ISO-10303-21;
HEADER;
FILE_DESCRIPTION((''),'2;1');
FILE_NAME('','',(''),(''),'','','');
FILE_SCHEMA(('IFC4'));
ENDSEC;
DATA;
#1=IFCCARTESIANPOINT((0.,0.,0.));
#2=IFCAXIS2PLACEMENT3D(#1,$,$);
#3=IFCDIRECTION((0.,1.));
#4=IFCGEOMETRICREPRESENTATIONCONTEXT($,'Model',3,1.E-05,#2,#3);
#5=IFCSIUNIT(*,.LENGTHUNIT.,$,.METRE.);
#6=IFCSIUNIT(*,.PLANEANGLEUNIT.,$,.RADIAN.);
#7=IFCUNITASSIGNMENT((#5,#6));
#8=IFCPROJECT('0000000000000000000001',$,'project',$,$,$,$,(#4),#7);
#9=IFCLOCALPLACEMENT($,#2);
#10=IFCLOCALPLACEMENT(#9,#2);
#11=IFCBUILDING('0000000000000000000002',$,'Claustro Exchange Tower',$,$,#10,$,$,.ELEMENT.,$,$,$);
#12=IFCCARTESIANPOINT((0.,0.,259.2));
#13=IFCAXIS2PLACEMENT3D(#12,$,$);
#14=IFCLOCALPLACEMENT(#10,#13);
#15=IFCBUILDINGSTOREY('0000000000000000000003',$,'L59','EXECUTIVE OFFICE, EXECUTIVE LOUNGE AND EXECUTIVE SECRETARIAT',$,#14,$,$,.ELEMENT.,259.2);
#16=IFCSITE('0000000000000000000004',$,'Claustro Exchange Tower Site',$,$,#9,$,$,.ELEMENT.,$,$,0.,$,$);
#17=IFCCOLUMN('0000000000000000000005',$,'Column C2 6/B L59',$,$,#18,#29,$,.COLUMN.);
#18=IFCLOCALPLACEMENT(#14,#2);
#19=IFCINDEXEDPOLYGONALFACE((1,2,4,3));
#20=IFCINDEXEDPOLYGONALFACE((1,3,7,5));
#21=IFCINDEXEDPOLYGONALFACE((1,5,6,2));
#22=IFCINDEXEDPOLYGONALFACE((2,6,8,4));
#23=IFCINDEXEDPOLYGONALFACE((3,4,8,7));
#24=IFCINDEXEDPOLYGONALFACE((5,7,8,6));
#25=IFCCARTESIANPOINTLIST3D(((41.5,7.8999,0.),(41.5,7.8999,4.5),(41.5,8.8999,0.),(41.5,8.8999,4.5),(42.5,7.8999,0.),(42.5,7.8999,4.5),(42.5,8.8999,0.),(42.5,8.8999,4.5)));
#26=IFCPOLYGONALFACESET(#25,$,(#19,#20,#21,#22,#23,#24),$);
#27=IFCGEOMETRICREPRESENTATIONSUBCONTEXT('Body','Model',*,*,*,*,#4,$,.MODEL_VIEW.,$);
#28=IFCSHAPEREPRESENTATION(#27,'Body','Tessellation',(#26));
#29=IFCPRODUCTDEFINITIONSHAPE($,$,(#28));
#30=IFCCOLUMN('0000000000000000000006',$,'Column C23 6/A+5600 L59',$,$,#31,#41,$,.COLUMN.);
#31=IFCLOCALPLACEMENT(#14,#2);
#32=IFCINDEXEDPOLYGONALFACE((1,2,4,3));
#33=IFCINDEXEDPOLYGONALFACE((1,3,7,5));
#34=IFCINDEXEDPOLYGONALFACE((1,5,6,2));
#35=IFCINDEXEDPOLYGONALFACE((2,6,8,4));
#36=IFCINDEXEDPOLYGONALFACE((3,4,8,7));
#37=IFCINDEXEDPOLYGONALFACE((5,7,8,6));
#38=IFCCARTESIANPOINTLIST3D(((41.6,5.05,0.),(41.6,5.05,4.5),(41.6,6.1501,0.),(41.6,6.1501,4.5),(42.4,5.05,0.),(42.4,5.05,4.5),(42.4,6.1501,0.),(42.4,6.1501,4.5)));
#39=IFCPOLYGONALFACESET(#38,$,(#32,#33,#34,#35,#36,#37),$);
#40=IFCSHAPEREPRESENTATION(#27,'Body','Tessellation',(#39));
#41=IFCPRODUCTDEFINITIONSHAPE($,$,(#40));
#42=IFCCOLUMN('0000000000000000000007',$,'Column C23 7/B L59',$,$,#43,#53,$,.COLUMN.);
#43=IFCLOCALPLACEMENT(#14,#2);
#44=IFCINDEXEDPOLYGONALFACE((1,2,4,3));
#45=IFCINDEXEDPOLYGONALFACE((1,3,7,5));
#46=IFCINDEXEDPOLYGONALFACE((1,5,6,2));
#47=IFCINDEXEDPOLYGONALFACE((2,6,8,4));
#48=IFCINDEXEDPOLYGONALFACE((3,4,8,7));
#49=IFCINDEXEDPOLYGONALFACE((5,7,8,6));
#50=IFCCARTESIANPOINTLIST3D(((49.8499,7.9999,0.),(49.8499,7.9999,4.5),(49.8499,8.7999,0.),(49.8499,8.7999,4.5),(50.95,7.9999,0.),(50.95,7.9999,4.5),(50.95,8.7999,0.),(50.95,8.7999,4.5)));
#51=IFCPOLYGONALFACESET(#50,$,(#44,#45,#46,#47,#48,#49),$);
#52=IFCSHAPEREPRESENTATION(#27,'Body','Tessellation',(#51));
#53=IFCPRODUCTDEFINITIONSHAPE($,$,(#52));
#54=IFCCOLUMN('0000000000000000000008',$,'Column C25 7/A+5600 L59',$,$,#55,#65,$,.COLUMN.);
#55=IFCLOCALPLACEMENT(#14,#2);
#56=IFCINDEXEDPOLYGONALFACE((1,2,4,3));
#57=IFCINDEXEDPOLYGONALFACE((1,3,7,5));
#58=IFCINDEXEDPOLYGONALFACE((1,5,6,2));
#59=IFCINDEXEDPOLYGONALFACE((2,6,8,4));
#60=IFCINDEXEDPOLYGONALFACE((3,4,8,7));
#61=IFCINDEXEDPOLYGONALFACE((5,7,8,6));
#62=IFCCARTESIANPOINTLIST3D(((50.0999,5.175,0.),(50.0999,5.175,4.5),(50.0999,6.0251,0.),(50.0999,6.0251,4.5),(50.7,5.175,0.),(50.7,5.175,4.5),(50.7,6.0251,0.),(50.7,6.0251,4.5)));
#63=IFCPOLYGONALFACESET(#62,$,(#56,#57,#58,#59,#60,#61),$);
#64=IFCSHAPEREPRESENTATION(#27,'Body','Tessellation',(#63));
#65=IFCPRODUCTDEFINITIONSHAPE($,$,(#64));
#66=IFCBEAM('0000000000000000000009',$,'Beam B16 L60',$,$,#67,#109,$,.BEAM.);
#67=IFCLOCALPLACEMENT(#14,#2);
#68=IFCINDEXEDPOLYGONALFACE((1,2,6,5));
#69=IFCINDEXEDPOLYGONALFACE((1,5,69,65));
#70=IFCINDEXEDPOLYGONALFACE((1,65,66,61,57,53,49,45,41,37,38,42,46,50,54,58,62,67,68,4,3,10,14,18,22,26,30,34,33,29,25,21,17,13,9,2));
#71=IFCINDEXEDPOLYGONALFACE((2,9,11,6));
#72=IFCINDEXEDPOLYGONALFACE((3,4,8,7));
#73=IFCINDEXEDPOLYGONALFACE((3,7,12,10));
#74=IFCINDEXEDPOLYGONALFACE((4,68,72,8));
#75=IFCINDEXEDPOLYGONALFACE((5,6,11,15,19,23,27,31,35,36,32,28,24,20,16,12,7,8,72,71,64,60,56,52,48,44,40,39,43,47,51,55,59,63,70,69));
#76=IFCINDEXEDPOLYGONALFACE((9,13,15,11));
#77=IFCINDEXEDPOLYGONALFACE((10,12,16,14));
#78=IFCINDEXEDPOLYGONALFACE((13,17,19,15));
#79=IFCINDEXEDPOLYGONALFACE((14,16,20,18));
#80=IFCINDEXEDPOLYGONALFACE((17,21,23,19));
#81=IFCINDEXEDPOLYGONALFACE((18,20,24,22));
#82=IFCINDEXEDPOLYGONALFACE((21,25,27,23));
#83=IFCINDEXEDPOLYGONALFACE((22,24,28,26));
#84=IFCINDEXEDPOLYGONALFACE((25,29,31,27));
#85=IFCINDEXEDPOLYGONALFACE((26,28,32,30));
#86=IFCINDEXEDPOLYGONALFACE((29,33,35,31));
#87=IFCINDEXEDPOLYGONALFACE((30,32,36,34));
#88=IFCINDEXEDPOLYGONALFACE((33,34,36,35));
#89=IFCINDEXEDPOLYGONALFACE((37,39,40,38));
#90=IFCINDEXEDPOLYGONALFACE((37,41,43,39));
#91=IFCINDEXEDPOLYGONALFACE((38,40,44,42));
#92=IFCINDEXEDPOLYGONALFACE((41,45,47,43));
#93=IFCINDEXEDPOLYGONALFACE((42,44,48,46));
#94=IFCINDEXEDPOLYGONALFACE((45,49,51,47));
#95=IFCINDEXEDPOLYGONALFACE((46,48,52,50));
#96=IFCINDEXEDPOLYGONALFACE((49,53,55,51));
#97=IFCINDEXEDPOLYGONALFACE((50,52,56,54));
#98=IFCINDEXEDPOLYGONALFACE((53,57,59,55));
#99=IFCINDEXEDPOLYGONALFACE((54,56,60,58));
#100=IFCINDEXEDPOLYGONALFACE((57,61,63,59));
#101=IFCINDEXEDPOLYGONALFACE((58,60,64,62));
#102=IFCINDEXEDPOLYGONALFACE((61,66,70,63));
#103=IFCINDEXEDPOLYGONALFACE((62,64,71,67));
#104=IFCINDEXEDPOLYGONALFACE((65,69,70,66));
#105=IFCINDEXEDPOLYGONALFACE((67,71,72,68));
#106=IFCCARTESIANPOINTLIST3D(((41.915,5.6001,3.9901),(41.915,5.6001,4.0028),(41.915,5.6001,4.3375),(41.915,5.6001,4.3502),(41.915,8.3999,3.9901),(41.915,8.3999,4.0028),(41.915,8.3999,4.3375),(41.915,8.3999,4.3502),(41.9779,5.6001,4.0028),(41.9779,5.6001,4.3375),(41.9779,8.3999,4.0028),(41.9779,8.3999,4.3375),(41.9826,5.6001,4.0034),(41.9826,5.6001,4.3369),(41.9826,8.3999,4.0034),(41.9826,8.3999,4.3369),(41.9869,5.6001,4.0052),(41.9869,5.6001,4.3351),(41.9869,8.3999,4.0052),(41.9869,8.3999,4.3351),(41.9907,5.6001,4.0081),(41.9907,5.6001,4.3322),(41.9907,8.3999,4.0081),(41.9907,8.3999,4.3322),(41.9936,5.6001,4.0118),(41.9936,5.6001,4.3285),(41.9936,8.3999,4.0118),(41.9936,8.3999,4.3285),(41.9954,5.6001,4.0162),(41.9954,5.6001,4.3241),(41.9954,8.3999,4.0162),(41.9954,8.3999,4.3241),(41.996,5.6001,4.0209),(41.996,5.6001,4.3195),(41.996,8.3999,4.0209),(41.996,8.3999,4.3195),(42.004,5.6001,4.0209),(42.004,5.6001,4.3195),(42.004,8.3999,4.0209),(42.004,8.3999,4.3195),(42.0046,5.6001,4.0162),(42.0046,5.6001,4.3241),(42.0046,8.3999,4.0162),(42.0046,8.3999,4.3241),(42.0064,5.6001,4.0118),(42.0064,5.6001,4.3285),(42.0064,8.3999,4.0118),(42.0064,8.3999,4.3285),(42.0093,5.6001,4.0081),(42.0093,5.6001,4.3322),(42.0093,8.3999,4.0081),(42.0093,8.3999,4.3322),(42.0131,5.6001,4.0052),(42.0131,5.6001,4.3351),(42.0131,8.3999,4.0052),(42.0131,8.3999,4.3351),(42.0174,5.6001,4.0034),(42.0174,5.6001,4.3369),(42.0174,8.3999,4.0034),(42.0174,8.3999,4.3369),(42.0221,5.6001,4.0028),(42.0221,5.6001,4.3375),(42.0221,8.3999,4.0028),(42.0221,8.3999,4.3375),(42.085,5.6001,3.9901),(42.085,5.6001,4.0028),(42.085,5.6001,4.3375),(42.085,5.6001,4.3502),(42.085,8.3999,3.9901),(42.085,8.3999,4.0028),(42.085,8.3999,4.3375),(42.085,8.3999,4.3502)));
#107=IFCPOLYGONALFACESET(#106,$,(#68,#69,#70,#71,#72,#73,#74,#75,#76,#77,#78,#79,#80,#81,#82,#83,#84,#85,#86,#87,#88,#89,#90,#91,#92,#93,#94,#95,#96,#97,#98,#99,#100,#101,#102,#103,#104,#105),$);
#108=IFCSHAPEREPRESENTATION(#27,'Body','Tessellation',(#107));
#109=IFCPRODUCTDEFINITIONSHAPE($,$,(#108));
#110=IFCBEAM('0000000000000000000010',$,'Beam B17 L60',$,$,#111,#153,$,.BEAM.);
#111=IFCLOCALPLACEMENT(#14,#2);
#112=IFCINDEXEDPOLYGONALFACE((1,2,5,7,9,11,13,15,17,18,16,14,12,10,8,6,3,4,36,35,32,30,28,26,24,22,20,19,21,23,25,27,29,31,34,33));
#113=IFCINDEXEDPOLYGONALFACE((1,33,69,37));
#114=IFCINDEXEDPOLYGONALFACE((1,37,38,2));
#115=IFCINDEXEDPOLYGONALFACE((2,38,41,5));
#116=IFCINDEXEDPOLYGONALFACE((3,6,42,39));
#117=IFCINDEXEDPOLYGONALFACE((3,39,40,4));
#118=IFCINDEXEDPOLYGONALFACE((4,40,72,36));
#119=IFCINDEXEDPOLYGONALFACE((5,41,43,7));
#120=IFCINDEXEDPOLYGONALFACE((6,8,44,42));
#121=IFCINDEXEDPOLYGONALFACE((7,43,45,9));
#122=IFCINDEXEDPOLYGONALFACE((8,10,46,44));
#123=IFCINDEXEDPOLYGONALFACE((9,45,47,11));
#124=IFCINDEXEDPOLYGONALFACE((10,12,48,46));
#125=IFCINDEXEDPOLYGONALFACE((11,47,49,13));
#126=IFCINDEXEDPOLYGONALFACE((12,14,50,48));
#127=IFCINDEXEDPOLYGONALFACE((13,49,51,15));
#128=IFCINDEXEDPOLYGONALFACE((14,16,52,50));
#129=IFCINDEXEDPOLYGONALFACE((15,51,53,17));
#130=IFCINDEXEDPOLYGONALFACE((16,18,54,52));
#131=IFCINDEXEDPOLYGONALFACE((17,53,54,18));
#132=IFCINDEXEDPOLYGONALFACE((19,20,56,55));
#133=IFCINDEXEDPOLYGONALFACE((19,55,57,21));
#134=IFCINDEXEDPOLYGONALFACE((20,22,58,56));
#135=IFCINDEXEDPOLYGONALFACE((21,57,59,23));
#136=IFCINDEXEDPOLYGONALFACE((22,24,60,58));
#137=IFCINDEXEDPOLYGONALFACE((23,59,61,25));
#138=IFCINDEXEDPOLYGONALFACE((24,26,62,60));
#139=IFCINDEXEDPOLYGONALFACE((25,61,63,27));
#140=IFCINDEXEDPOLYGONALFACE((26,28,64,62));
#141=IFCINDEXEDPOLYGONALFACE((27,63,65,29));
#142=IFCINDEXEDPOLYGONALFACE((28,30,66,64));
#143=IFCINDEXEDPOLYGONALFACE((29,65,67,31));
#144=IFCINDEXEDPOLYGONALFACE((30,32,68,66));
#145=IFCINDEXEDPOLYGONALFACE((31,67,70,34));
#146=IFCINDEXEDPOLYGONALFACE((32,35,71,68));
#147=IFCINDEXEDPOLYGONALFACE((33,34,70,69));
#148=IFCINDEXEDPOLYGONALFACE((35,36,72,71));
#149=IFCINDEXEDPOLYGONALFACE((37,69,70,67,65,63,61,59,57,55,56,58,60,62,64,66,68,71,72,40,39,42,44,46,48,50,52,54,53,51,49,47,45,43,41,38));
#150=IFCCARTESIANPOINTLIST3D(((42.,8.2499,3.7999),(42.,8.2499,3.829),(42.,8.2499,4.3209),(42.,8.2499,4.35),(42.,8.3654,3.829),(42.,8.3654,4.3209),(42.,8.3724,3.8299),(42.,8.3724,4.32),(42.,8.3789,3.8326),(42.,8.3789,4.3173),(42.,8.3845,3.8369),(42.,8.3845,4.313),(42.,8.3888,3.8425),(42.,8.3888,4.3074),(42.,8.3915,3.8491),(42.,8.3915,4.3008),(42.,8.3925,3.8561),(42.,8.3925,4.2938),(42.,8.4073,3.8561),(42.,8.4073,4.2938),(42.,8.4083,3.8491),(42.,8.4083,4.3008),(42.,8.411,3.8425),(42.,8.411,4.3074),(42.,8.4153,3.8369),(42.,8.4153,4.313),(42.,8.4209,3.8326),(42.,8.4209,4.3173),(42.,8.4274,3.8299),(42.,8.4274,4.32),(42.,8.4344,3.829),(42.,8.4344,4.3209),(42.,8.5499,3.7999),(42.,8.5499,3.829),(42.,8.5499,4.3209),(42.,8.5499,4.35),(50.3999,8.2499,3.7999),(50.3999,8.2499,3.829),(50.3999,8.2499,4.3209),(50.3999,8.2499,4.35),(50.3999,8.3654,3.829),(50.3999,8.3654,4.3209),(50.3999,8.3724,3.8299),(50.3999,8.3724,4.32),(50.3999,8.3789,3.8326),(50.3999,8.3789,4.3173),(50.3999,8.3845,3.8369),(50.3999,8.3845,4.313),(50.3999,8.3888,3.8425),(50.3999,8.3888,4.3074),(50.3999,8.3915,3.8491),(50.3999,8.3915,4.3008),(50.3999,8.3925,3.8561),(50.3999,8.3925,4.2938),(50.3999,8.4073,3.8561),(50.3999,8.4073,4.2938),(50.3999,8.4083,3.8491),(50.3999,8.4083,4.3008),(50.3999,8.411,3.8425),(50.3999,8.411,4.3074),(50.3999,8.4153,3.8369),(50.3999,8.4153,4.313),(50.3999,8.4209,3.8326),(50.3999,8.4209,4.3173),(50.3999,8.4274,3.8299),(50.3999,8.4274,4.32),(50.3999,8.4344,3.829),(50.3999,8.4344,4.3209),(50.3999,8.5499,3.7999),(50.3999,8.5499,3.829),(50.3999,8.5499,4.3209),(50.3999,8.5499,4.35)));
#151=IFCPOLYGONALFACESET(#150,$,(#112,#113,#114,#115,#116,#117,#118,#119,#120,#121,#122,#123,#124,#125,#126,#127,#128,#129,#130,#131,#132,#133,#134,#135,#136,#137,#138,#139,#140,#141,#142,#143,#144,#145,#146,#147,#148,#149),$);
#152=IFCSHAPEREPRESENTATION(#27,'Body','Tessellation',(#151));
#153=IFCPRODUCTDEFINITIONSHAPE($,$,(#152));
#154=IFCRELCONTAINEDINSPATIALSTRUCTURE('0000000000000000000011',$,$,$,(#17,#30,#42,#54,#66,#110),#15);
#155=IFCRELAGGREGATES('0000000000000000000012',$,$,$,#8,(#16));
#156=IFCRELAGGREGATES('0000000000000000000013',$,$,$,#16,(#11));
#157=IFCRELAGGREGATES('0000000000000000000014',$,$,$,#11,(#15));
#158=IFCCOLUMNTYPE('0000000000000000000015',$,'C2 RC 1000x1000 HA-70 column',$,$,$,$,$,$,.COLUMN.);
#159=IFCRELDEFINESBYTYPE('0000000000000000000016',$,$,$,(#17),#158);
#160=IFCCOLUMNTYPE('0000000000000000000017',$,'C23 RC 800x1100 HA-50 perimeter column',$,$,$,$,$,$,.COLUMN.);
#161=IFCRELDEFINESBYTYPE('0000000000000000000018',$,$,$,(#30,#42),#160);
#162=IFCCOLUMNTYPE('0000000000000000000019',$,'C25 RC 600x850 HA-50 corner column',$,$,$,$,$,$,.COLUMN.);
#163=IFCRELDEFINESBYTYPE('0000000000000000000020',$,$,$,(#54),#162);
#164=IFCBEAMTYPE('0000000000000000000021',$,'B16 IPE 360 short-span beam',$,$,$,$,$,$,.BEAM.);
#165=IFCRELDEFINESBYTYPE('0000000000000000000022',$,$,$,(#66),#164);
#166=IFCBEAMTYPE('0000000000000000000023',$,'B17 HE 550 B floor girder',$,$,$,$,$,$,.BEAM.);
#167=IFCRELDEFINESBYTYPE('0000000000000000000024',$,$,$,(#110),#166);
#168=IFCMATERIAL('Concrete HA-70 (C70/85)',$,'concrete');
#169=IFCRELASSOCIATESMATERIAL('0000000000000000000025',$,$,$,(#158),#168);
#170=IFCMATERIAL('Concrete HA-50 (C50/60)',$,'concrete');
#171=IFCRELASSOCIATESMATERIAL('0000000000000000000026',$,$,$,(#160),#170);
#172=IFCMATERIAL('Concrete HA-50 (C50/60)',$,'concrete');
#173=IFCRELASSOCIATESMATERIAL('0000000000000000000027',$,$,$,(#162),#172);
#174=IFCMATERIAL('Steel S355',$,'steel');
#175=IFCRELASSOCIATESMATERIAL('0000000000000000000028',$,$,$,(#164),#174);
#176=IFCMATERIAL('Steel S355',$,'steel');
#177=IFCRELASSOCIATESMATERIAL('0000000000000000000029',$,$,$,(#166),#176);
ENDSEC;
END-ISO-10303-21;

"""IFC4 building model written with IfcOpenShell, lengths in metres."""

from ifc_helpers import new_model, si_unit, direction, frame, origin, origin_2d, place, context, subcontext, project, spatial, rectangle, i_section, extrude, material, material_profile, profile_set, type_object, element, save


model = new_model("IFC4")

# Units and contexts
model_context = context("Model", 3, precision=1e-05, world=origin(), true_north=direction((0.0, 1.0)))
body_context = subcontext(model_context, "Body", "Model", "MODEL_VIEW")
ifc_project = project(units=[si_unit("LENGTHUNIT", "METRE"), si_unit("PLANEANGLEUNIT", "RADIAN")], contexts=[model_context])

# Site, building, storey
site_placement = place(None, origin())
site = spatial("IfcSite", under=ifc_project, at=site_placement, Name="Claustro Exchange Tower Site", CompositionType="ELEMENT", RefElevation=0.0)
building_placement = place(site_placement, origin())
building = spatial("IfcBuilding", under=site, at=building_placement, Name="Claustro Exchange Tower", CompositionType="ELEMENT")
storey_placement = place(building_placement, frame((0.0, 0.0, 259.2)))
storey = spatial("IfcBuildingStorey", under=building, at=storey_placement, Name="L59", Description="EXECUTIVE OFFICE, EXECUTIVE LOUNGE AND EXECUTIVE SECRETARIAT", CompositionType="ELEMENT", Elevation=259.2)

# Columns
ifc_material_1 = material(Name="Concrete HA-70 (C70/85)", Category="concrete")
ifc_material_profile_1 = material_profile(ifc_material_1, rectangle(XDim=1.0, YDim=1.0, at=origin_2d()), Name="RC 1000x1000")
ifc_profile_set_1 = profile_set([ifc_material_profile_1], Name="Concrete HA-70 (C70/85)")
column_type_1 = type_object("IfcColumnType", Name="C2 RC 1000x1000 HA-70 column", PredefinedType="COLUMN", material=ifc_profile_set_1)
column_1_placement = place(storey_placement, frame((42.0, 8.3999, 0.0), z_axis=(0.0, 0.0, 1.0), x_axis=(1.0, 0.0, 0.0)))
element("IfcColumn", 1, at=column_1_placement, inside=storey, type_object=column_type_1, Name="Column C2 6/B L59", PredefinedType="COLUMN", context=body_context, shape_type="SweptSolid", body=[
    extrude(rectangle(XDim=1.0, YDim=1.0, at=origin_2d()), origin(), (0.0, 0.0, 1.0), 4.5),
])
ifc_material_2 = material(Name="Concrete HA-50 (C50/60)", Category="concrete")
ifc_material_profile_2 = material_profile(ifc_material_2, rectangle(XDim=0.8, YDim=1.1001, at=origin_2d()), Name="RC 800x1100")
ifc_profile_set_2 = profile_set([ifc_material_profile_2], Name="Concrete HA-50 (C50/60)")
column_type_2 = type_object("IfcColumnType", Name="C23 RC 800x1100 HA-50 perimeter column", PredefinedType="COLUMN", material=ifc_profile_set_2)
for number, where, z_axis, x_axis, name in (
    (2, (42.0, 5.6001, 0.0), (0.0, 0.0, 1.0), (1.0, 0.0, 0.0), "Column C23 6/A+5600 L59"),
    (3, (50.3999, 8.3999, 0.0), (0.0, 0.0, 1.0), (0.0, 1.0, 0.0), "Column C23 7/B L59"),
):
    element("IfcColumn", number, at=place(storey_placement, frame(where, z_axis=z_axis, x_axis=x_axis)), inside=storey, type_object=column_type_2, Name=name, PredefinedType="COLUMN", context=body_context, shape_type="SweptSolid", body=[
        extrude(rectangle(XDim=0.8, YDim=1.1001, at=origin_2d()), origin(), (0.0, 0.0, 1.0), 4.5),
    ])
ifc_material_3 = material(Name="Concrete HA-50 (C50/60)", Category="concrete")
ifc_material_profile_3 = material_profile(ifc_material_3, rectangle(XDim=0.6001, YDim=0.8501, at=origin_2d()), Name="RC 600x850")
ifc_profile_set_3 = profile_set([ifc_material_profile_3], Name="Concrete HA-50 (C50/60)")
column_type_3 = type_object("IfcColumnType", Name="C25 RC 600x850 HA-50 corner column", PredefinedType="COLUMN", material=ifc_profile_set_3)
column_2_placement = place(storey_placement, frame((50.3999, 5.6001, 0.0), z_axis=(0.0, 0.0, 1.0), x_axis=(1.0, 0.0, 0.0)))
element("IfcColumn", 4, at=column_2_placement, inside=storey, type_object=column_type_3, Name="Column C25 7/A+5600 L59", PredefinedType="COLUMN", context=body_context, shape_type="SweptSolid", body=[
    extrude(rectangle(XDim=0.6001, YDim=0.8501, at=origin_2d()), origin(), (0.0, 0.0, 1.0), 4.5),
])

# Beams
ifc_material_4 = material(Name="Steel S355", Category="steel")
ifc_material_profile_4 = material_profile(ifc_material_4, i_section(OverallWidth=0.1699, OverallDepth=0.3601, WebThickness=0.0081, FlangeThickness=0.0127, FilletRadius=0.0181, at=origin_2d()), Name="IPE 360")
ifc_profile_set_4 = profile_set([ifc_material_profile_4], Name="Steel S355")
beam_type_1 = type_object("IfcBeamType", Name="B16 IPE 360 short-span beam", PredefinedType="BEAM", material=ifc_profile_set_4)
beam_1_placement = place(storey_placement, frame((42.0, 5.6001, 4.1702), z_axis=(0.0, 1.0, 0.0), x_axis=(-1.0, 0.0, 0.0)))
element("IfcBeam", 5, at=beam_1_placement, inside=storey, type_object=beam_type_1, Name="Beam B16 L60", PredefinedType="BEAM", context=body_context, shape_type="SweptSolid", body=[
    extrude(i_section(OverallWidth=0.1699, OverallDepth=0.3601, WebThickness=0.0081, FlangeThickness=0.0127, FilletRadius=0.0181, at=origin_2d()), origin(), (0.0, 0.0, 1.0), 2.7998),
])
ifc_material_5 = material(Name="Steel S355", Category="steel")
ifc_material_profile_5 = material_profile(ifc_material_5, i_section(OverallWidth=0.3, OverallDepth=0.55, WebThickness=0.0149, FlangeThickness=0.0291, FilletRadius=0.0271, at=origin_2d()), Name="HE 550 B")
ifc_profile_set_5 = profile_set([ifc_material_profile_5], Name="Steel S355")
beam_type_2 = type_object("IfcBeamType", Name="B17 HE 550 B floor girder", PredefinedType="BEAM", material=ifc_profile_set_5)
beam_2_placement = place(storey_placement, frame((42.0, 8.3999, 4.075), z_axis=(1.0, 0.0, 0.0), x_axis=(0.0, 1.0, 0.0)))
element("IfcBeam", 6, at=beam_2_placement, inside=storey, type_object=beam_type_2, Name="Beam B17 L60", PredefinedType="BEAM", context=body_context, shape_type="SweptSolid", body=[
    extrude(i_section(OverallWidth=0.3, OverallDepth=0.55, WebThickness=0.0149, FlangeThickness=0.0291, FilletRadius=0.0271, at=origin_2d()), origin(), (0.0, 0.0, 1.0), 8.3999),
])

save(model, "model.ifc")
